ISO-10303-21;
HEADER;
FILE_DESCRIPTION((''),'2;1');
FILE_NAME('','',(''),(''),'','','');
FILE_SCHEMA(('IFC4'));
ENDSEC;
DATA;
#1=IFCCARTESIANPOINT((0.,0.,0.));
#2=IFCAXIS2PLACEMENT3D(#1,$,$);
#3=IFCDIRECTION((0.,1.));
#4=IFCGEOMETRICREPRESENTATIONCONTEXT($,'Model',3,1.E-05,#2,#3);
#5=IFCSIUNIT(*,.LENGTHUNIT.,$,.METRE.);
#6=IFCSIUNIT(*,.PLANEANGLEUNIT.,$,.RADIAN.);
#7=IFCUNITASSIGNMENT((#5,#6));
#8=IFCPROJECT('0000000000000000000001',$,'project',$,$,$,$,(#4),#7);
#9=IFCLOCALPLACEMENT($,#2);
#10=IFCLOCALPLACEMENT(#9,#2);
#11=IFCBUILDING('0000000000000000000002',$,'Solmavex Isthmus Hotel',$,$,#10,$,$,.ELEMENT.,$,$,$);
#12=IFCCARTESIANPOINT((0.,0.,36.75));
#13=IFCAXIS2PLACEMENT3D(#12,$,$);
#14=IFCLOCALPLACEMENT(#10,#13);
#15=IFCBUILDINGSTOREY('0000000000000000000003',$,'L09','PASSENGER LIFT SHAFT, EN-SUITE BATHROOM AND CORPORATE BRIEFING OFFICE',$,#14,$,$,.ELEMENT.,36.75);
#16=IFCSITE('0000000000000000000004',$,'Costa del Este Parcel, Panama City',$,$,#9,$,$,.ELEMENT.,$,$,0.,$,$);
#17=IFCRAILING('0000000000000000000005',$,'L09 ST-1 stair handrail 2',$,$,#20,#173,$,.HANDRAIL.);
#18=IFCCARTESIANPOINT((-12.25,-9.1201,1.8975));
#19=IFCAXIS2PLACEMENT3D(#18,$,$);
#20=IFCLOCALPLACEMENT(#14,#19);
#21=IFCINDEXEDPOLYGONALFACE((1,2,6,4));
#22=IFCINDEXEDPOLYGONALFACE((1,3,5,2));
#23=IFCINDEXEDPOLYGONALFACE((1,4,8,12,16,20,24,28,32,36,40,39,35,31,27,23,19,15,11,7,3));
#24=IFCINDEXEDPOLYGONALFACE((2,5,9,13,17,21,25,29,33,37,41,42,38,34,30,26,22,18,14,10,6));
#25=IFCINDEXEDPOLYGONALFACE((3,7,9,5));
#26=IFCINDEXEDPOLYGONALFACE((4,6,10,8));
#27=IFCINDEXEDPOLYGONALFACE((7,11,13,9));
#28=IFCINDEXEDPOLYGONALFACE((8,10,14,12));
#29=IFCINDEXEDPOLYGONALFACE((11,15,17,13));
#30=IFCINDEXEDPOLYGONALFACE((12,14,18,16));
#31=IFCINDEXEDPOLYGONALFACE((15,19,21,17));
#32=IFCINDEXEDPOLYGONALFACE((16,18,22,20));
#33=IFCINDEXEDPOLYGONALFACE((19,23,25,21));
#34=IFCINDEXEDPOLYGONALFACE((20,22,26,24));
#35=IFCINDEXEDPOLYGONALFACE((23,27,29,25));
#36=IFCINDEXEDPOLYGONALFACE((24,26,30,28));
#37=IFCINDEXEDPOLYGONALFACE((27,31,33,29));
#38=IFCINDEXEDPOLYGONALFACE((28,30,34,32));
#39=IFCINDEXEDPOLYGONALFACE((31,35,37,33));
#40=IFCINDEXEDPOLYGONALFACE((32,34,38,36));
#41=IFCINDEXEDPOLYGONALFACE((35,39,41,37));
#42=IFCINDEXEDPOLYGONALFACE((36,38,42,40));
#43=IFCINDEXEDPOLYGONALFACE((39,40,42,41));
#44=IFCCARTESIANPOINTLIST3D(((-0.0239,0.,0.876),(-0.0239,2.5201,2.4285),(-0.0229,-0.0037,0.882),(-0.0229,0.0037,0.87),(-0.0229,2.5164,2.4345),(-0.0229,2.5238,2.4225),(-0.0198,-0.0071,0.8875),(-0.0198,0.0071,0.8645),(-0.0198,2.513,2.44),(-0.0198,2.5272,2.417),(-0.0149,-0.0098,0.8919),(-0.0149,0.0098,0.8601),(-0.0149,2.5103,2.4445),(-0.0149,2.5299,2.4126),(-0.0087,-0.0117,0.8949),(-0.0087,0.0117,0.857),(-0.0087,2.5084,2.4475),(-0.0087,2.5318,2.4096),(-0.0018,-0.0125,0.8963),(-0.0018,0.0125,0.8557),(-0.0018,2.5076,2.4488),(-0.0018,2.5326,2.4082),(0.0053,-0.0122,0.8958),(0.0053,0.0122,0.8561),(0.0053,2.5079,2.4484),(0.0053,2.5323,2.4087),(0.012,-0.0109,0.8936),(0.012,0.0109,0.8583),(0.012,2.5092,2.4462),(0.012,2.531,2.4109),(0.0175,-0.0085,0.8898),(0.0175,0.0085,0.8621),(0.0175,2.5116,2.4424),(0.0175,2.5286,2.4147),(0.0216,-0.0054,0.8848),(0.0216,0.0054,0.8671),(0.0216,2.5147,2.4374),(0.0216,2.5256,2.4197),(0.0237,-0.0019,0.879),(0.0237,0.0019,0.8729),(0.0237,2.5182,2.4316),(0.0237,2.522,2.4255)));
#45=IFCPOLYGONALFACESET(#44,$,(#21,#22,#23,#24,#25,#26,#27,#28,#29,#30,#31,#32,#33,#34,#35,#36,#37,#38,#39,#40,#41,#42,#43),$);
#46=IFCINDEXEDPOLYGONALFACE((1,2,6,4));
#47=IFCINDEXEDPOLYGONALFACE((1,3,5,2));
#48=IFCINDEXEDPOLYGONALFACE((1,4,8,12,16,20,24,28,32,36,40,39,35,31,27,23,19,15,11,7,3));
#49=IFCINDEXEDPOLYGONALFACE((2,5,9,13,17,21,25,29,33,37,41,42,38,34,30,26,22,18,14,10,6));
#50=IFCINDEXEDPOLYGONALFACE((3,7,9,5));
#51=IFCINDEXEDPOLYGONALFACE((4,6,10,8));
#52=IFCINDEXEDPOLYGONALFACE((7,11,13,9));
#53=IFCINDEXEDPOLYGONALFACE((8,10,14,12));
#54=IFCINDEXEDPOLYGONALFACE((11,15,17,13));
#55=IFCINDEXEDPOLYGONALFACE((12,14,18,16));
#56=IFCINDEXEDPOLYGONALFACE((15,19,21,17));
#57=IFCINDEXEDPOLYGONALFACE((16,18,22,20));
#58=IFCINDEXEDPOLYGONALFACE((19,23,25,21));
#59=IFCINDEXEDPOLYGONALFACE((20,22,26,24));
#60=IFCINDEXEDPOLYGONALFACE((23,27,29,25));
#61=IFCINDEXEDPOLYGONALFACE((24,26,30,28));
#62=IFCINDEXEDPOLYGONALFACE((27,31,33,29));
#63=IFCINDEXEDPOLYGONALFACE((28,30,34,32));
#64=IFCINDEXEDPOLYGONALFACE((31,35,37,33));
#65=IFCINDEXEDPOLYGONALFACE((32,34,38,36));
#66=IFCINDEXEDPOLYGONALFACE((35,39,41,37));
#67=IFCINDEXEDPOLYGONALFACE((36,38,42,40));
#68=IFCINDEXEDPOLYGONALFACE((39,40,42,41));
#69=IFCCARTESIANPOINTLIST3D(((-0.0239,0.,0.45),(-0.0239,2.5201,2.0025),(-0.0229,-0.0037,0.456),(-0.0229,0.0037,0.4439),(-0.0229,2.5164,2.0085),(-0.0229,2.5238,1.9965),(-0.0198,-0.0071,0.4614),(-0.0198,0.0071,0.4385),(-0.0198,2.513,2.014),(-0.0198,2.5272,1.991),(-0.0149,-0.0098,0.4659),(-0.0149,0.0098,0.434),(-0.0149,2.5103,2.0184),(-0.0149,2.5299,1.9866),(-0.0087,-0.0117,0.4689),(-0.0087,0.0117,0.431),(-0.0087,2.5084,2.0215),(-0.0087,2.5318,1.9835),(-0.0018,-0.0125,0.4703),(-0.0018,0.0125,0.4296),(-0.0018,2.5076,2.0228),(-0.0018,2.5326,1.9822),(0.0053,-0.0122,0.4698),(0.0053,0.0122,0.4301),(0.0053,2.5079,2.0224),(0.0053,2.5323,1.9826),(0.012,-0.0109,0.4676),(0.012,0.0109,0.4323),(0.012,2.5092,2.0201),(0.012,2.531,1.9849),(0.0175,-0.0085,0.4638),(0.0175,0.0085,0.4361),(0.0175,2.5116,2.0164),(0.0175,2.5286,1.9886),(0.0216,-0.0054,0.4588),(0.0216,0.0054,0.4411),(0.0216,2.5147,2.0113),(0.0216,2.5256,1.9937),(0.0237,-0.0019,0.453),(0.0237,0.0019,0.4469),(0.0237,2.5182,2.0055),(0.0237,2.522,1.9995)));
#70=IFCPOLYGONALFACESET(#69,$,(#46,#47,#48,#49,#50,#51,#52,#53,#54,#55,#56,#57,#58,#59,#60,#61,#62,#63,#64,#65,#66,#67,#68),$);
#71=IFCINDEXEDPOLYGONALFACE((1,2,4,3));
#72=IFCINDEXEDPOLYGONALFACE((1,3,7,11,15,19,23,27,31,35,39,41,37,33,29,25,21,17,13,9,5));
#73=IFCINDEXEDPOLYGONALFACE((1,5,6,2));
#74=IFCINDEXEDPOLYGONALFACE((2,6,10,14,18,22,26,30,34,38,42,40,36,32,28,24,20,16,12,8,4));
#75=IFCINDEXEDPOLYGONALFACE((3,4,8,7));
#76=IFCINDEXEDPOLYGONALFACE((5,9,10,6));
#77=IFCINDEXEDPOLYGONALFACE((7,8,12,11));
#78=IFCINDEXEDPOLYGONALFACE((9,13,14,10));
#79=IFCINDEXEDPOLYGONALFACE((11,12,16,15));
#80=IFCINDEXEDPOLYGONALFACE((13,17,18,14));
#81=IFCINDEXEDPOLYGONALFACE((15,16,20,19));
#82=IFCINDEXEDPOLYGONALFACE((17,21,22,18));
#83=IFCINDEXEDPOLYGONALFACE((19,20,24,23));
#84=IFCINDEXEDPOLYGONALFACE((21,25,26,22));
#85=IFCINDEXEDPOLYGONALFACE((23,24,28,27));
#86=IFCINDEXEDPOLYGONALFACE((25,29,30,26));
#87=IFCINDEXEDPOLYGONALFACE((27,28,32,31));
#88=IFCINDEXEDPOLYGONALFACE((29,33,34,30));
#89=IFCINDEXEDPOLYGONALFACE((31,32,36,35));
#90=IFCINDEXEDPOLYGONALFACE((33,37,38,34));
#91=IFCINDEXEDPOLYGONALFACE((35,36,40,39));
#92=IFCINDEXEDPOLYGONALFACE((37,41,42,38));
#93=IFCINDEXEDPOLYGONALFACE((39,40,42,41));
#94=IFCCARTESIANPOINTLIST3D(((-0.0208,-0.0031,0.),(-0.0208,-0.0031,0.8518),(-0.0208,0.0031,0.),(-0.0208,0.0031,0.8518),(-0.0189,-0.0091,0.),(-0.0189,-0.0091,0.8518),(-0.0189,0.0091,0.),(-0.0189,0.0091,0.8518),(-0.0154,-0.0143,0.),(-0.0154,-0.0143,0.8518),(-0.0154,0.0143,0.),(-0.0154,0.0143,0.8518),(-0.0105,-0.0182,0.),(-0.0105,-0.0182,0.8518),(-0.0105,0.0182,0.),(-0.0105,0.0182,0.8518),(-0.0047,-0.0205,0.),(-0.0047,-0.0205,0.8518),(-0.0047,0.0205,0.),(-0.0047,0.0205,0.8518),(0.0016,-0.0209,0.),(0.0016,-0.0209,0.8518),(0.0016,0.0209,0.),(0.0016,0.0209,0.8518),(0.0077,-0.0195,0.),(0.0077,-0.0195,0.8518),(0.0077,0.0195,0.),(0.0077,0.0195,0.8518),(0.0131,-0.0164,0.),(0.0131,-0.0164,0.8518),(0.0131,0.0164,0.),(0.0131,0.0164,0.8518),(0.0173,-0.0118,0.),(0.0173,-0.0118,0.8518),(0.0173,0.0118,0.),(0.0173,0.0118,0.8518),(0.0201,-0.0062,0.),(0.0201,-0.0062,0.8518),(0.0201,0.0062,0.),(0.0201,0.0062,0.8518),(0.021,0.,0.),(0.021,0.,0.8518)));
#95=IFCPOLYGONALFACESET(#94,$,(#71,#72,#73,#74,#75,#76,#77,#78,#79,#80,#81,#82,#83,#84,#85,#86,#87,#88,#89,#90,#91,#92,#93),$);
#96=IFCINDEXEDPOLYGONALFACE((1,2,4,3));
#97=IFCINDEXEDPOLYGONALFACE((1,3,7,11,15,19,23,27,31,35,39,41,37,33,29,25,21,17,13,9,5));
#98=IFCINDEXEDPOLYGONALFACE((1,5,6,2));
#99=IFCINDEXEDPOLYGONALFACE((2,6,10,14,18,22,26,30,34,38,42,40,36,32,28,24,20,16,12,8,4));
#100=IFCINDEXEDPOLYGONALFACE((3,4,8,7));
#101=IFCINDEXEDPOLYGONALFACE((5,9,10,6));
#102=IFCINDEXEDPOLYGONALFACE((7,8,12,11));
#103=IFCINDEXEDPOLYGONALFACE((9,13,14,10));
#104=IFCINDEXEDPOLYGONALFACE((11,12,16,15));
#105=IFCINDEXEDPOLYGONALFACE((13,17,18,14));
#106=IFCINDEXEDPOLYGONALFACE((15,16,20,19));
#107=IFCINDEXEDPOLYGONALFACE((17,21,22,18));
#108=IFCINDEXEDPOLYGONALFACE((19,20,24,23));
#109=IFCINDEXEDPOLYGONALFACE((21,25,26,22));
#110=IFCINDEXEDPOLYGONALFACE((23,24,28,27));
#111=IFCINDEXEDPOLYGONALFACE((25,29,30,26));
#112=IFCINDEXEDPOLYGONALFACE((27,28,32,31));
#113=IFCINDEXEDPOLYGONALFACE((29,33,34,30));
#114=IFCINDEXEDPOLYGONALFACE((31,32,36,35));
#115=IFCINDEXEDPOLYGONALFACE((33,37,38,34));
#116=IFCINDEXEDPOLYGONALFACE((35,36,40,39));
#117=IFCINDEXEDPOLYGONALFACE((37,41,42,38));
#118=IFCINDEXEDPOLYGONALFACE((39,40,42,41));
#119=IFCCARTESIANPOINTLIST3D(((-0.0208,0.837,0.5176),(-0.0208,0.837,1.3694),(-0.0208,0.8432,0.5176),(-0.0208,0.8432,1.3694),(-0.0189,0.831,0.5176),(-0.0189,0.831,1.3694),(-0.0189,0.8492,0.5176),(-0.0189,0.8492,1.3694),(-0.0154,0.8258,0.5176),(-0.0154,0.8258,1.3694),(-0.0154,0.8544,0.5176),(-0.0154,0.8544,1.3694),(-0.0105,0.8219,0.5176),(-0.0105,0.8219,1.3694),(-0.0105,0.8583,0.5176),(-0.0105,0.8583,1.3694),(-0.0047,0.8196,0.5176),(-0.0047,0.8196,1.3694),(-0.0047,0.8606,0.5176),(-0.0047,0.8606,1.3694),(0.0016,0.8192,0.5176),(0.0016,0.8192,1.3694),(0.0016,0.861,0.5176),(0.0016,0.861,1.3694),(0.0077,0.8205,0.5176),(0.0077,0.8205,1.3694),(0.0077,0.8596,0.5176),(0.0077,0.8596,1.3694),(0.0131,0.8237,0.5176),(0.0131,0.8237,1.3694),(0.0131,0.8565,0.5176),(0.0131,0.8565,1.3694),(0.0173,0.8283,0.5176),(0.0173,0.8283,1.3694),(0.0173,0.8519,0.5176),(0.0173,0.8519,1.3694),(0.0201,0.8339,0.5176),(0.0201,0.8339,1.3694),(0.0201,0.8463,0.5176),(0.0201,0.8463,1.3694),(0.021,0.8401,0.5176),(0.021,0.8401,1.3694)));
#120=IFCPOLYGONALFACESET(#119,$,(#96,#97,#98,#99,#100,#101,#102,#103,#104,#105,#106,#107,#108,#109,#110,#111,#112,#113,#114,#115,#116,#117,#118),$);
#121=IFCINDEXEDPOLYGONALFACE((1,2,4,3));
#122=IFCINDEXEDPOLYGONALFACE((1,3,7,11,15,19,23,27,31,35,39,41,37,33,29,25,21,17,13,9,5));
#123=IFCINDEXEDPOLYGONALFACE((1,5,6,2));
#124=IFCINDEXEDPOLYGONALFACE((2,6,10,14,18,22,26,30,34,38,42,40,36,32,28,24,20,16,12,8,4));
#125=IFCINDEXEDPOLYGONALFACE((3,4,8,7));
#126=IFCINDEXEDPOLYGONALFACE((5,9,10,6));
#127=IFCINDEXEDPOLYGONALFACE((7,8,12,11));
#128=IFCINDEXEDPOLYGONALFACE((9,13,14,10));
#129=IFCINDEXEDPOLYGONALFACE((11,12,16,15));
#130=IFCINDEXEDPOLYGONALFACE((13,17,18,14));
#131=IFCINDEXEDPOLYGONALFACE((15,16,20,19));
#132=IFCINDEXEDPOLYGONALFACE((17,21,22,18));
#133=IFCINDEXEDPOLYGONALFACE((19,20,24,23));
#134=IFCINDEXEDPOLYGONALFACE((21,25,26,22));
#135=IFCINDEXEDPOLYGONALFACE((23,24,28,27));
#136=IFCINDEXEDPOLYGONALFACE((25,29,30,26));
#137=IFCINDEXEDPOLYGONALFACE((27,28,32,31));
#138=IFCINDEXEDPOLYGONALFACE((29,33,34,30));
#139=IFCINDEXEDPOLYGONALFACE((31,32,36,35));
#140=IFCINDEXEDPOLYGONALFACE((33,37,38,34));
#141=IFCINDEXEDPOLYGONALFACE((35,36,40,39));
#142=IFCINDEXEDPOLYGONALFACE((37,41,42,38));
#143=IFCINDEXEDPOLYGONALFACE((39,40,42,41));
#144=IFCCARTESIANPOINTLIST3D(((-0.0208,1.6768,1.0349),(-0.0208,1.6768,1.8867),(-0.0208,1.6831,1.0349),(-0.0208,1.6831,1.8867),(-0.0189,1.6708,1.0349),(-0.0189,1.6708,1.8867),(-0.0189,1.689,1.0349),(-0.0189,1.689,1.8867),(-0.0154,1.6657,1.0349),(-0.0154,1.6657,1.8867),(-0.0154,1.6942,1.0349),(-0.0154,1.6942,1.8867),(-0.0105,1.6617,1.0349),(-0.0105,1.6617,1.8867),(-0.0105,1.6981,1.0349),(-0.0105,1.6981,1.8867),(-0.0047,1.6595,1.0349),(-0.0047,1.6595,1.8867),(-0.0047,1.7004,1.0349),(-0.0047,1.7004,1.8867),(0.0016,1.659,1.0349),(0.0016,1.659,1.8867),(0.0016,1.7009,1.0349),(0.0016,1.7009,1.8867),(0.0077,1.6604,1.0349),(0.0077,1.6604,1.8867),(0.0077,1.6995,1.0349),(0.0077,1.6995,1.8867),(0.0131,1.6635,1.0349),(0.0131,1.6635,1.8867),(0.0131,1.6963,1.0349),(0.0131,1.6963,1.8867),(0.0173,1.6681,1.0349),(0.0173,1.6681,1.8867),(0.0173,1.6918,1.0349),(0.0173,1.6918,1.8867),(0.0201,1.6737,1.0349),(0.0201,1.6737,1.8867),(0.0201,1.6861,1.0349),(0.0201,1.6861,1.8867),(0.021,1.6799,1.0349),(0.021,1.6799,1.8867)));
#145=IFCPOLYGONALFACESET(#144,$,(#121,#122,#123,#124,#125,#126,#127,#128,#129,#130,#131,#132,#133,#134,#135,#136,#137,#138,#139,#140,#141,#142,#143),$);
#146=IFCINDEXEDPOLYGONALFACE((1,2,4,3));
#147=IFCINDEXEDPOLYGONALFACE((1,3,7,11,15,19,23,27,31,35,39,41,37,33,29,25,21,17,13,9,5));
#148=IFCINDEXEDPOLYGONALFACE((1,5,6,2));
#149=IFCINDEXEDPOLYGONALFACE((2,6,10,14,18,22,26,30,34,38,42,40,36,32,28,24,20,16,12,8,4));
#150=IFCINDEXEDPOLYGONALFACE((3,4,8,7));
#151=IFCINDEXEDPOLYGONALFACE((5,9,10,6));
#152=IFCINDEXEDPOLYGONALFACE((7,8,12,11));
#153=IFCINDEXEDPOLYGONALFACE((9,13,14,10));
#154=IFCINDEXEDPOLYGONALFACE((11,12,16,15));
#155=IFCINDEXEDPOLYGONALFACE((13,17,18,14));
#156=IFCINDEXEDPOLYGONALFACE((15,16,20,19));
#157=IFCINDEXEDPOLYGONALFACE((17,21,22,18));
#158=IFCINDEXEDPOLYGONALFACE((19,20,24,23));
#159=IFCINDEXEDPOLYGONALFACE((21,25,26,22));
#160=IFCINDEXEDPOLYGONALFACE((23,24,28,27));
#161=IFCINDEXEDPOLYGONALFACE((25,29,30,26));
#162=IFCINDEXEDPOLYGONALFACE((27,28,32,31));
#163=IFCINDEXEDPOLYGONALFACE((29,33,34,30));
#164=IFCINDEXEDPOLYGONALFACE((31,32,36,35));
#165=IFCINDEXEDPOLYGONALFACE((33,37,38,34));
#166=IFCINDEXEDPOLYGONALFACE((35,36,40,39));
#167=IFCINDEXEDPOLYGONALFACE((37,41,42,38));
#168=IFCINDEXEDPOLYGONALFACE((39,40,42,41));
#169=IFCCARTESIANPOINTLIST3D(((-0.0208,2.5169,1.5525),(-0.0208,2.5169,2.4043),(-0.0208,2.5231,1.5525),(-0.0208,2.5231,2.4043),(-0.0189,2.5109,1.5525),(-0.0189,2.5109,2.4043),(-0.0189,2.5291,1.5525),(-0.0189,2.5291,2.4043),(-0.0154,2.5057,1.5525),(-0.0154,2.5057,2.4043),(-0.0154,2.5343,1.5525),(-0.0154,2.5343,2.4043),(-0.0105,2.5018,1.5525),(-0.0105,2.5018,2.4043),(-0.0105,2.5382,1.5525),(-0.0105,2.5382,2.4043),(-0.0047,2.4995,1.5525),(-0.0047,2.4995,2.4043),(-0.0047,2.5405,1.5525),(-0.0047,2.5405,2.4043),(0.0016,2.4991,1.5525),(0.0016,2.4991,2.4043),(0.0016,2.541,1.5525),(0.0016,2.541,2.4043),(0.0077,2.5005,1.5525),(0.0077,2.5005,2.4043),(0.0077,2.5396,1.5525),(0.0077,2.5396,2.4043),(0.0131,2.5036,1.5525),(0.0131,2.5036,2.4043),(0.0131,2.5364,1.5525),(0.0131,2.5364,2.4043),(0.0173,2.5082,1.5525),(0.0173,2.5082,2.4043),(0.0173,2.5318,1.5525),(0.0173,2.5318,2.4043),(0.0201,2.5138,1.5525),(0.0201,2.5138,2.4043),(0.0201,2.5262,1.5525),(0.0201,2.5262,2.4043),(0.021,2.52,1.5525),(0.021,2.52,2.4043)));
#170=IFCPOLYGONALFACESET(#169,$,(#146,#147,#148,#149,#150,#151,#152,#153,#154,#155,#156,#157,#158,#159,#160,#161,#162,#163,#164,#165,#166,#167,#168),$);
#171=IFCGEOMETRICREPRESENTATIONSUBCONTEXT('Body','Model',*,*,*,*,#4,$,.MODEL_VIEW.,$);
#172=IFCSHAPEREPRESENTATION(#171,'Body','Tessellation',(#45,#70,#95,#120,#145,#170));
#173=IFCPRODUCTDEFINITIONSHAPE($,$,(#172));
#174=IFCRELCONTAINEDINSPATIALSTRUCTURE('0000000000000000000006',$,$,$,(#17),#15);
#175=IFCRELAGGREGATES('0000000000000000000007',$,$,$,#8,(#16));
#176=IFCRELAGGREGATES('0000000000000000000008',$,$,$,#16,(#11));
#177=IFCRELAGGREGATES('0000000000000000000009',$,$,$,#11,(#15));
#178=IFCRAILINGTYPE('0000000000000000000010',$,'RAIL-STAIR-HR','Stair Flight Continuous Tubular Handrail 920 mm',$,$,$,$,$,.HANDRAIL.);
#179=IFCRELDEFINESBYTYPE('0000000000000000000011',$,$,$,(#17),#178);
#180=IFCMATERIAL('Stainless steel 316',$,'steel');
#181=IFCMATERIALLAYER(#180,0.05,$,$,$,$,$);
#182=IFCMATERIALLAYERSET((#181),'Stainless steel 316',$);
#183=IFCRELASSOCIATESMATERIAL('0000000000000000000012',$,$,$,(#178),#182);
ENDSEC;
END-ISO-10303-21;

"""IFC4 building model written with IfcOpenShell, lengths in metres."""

from ifc_helpers import new_model, si_unit, direction, frame, origin, origin_2d, place, context, subcontext, project, spatial, circle, extrude, material, layer, layer_set, type_object, element, save


model = new_model("IFC4")

# Units and contexts
model_context = context("Model", 3, precision=1e-05, world=origin(), true_north=direction((0.0, 1.0)))
body_context = subcontext(model_context, "Body", "Model", "MODEL_VIEW")
ifc_project = project(units=[si_unit("LENGTHUNIT", "METRE"), si_unit("PLANEANGLEUNIT", "RADIAN")], contexts=[model_context])

# Site, building, storey
site_placement = place(None, origin())
site = spatial("IfcSite", under=ifc_project, at=site_placement, Name="Costa del Este Parcel, Panama City", CompositionType="ELEMENT", RefElevation=0.0)
building_placement = place(site_placement, origin())
building = spatial("IfcBuilding", under=site, at=building_placement, Name="Solmavex Isthmus Hotel", CompositionType="ELEMENT")
storey_placement = place(building_placement, frame((0.0, 0.0, 36.75)))
storey = spatial("IfcBuildingStorey", under=building, at=storey_placement, Name="L09", Description="PASSENGER LIFT SHAFT, EN-SUITE BATHROOM AND CORPORATE BRIEFING OFFICE", CompositionType="ELEMENT", Elevation=36.75)

# Shared definitions
ifc_material_1 = material(Name="Stainless steel 316", Category="steel")

# Railing
ifc_layer_1 = layer(ifc_material_1, 0.05)
ifc_layer_set_1 = layer_set([ifc_layer_1], Name="Stainless steel 316")
railing_type_1 = type_object("IfcRailingType", Name="RAIL-STAIR-HR", Description="Stair Flight Continuous Tubular Handrail 920 mm", PredefinedType="HANDRAIL", material=ifc_layer_set_1)
railing_1_placement = place(storey_placement, frame((-12.25, -9.1201, 1.8975)))
element("IfcRailing", 1, at=railing_1_placement, inside=storey, type_object=railing_type_1, Name="L09 ST-1 stair handrail 2", PredefinedType="HANDRAIL", context=body_context, shape_type="SweptSolid", body=[
    extrude(circle(Radius=0.0239, at=origin_2d()), frame((0.0, 0.0, 0.876), z_axis=(0.0, 0.8514, 0.524516), x_axis=(-1.0, 0.0, 0.0)), (0.0, 0.0, 1.0), 2.96),
    extrude(circle(Radius=0.0239, at=origin_2d()), frame((0.0, 0.0, 0.45), z_axis=(0.0, 0.8514, 0.524516), x_axis=(-1.0, 0.0, 0.0)), (0.0, 0.0, 1.0), 2.96),
    extrude(circle(Radius=0.021, at=origin_2d()), origin(), (0.0, 0.0, 1.0), 0.8518),
    extrude(circle(Radius=0.021, at=origin_2d()), frame((0.0, 0.8401, 0.5176)), (0.0, 0.0, 1.0), 0.8518),
    extrude(circle(Radius=0.021, at=origin_2d()), frame((0.0, 1.6799, 1.0349)), (0.0, 0.0, 1.0), 0.8518),
    extrude(circle(Radius=0.021, at=origin_2d()), frame((0.0, 2.52, 1.5525)), (0.0, 0.0, 1.0), 0.8518),
])

save(model, "model.ifc")
